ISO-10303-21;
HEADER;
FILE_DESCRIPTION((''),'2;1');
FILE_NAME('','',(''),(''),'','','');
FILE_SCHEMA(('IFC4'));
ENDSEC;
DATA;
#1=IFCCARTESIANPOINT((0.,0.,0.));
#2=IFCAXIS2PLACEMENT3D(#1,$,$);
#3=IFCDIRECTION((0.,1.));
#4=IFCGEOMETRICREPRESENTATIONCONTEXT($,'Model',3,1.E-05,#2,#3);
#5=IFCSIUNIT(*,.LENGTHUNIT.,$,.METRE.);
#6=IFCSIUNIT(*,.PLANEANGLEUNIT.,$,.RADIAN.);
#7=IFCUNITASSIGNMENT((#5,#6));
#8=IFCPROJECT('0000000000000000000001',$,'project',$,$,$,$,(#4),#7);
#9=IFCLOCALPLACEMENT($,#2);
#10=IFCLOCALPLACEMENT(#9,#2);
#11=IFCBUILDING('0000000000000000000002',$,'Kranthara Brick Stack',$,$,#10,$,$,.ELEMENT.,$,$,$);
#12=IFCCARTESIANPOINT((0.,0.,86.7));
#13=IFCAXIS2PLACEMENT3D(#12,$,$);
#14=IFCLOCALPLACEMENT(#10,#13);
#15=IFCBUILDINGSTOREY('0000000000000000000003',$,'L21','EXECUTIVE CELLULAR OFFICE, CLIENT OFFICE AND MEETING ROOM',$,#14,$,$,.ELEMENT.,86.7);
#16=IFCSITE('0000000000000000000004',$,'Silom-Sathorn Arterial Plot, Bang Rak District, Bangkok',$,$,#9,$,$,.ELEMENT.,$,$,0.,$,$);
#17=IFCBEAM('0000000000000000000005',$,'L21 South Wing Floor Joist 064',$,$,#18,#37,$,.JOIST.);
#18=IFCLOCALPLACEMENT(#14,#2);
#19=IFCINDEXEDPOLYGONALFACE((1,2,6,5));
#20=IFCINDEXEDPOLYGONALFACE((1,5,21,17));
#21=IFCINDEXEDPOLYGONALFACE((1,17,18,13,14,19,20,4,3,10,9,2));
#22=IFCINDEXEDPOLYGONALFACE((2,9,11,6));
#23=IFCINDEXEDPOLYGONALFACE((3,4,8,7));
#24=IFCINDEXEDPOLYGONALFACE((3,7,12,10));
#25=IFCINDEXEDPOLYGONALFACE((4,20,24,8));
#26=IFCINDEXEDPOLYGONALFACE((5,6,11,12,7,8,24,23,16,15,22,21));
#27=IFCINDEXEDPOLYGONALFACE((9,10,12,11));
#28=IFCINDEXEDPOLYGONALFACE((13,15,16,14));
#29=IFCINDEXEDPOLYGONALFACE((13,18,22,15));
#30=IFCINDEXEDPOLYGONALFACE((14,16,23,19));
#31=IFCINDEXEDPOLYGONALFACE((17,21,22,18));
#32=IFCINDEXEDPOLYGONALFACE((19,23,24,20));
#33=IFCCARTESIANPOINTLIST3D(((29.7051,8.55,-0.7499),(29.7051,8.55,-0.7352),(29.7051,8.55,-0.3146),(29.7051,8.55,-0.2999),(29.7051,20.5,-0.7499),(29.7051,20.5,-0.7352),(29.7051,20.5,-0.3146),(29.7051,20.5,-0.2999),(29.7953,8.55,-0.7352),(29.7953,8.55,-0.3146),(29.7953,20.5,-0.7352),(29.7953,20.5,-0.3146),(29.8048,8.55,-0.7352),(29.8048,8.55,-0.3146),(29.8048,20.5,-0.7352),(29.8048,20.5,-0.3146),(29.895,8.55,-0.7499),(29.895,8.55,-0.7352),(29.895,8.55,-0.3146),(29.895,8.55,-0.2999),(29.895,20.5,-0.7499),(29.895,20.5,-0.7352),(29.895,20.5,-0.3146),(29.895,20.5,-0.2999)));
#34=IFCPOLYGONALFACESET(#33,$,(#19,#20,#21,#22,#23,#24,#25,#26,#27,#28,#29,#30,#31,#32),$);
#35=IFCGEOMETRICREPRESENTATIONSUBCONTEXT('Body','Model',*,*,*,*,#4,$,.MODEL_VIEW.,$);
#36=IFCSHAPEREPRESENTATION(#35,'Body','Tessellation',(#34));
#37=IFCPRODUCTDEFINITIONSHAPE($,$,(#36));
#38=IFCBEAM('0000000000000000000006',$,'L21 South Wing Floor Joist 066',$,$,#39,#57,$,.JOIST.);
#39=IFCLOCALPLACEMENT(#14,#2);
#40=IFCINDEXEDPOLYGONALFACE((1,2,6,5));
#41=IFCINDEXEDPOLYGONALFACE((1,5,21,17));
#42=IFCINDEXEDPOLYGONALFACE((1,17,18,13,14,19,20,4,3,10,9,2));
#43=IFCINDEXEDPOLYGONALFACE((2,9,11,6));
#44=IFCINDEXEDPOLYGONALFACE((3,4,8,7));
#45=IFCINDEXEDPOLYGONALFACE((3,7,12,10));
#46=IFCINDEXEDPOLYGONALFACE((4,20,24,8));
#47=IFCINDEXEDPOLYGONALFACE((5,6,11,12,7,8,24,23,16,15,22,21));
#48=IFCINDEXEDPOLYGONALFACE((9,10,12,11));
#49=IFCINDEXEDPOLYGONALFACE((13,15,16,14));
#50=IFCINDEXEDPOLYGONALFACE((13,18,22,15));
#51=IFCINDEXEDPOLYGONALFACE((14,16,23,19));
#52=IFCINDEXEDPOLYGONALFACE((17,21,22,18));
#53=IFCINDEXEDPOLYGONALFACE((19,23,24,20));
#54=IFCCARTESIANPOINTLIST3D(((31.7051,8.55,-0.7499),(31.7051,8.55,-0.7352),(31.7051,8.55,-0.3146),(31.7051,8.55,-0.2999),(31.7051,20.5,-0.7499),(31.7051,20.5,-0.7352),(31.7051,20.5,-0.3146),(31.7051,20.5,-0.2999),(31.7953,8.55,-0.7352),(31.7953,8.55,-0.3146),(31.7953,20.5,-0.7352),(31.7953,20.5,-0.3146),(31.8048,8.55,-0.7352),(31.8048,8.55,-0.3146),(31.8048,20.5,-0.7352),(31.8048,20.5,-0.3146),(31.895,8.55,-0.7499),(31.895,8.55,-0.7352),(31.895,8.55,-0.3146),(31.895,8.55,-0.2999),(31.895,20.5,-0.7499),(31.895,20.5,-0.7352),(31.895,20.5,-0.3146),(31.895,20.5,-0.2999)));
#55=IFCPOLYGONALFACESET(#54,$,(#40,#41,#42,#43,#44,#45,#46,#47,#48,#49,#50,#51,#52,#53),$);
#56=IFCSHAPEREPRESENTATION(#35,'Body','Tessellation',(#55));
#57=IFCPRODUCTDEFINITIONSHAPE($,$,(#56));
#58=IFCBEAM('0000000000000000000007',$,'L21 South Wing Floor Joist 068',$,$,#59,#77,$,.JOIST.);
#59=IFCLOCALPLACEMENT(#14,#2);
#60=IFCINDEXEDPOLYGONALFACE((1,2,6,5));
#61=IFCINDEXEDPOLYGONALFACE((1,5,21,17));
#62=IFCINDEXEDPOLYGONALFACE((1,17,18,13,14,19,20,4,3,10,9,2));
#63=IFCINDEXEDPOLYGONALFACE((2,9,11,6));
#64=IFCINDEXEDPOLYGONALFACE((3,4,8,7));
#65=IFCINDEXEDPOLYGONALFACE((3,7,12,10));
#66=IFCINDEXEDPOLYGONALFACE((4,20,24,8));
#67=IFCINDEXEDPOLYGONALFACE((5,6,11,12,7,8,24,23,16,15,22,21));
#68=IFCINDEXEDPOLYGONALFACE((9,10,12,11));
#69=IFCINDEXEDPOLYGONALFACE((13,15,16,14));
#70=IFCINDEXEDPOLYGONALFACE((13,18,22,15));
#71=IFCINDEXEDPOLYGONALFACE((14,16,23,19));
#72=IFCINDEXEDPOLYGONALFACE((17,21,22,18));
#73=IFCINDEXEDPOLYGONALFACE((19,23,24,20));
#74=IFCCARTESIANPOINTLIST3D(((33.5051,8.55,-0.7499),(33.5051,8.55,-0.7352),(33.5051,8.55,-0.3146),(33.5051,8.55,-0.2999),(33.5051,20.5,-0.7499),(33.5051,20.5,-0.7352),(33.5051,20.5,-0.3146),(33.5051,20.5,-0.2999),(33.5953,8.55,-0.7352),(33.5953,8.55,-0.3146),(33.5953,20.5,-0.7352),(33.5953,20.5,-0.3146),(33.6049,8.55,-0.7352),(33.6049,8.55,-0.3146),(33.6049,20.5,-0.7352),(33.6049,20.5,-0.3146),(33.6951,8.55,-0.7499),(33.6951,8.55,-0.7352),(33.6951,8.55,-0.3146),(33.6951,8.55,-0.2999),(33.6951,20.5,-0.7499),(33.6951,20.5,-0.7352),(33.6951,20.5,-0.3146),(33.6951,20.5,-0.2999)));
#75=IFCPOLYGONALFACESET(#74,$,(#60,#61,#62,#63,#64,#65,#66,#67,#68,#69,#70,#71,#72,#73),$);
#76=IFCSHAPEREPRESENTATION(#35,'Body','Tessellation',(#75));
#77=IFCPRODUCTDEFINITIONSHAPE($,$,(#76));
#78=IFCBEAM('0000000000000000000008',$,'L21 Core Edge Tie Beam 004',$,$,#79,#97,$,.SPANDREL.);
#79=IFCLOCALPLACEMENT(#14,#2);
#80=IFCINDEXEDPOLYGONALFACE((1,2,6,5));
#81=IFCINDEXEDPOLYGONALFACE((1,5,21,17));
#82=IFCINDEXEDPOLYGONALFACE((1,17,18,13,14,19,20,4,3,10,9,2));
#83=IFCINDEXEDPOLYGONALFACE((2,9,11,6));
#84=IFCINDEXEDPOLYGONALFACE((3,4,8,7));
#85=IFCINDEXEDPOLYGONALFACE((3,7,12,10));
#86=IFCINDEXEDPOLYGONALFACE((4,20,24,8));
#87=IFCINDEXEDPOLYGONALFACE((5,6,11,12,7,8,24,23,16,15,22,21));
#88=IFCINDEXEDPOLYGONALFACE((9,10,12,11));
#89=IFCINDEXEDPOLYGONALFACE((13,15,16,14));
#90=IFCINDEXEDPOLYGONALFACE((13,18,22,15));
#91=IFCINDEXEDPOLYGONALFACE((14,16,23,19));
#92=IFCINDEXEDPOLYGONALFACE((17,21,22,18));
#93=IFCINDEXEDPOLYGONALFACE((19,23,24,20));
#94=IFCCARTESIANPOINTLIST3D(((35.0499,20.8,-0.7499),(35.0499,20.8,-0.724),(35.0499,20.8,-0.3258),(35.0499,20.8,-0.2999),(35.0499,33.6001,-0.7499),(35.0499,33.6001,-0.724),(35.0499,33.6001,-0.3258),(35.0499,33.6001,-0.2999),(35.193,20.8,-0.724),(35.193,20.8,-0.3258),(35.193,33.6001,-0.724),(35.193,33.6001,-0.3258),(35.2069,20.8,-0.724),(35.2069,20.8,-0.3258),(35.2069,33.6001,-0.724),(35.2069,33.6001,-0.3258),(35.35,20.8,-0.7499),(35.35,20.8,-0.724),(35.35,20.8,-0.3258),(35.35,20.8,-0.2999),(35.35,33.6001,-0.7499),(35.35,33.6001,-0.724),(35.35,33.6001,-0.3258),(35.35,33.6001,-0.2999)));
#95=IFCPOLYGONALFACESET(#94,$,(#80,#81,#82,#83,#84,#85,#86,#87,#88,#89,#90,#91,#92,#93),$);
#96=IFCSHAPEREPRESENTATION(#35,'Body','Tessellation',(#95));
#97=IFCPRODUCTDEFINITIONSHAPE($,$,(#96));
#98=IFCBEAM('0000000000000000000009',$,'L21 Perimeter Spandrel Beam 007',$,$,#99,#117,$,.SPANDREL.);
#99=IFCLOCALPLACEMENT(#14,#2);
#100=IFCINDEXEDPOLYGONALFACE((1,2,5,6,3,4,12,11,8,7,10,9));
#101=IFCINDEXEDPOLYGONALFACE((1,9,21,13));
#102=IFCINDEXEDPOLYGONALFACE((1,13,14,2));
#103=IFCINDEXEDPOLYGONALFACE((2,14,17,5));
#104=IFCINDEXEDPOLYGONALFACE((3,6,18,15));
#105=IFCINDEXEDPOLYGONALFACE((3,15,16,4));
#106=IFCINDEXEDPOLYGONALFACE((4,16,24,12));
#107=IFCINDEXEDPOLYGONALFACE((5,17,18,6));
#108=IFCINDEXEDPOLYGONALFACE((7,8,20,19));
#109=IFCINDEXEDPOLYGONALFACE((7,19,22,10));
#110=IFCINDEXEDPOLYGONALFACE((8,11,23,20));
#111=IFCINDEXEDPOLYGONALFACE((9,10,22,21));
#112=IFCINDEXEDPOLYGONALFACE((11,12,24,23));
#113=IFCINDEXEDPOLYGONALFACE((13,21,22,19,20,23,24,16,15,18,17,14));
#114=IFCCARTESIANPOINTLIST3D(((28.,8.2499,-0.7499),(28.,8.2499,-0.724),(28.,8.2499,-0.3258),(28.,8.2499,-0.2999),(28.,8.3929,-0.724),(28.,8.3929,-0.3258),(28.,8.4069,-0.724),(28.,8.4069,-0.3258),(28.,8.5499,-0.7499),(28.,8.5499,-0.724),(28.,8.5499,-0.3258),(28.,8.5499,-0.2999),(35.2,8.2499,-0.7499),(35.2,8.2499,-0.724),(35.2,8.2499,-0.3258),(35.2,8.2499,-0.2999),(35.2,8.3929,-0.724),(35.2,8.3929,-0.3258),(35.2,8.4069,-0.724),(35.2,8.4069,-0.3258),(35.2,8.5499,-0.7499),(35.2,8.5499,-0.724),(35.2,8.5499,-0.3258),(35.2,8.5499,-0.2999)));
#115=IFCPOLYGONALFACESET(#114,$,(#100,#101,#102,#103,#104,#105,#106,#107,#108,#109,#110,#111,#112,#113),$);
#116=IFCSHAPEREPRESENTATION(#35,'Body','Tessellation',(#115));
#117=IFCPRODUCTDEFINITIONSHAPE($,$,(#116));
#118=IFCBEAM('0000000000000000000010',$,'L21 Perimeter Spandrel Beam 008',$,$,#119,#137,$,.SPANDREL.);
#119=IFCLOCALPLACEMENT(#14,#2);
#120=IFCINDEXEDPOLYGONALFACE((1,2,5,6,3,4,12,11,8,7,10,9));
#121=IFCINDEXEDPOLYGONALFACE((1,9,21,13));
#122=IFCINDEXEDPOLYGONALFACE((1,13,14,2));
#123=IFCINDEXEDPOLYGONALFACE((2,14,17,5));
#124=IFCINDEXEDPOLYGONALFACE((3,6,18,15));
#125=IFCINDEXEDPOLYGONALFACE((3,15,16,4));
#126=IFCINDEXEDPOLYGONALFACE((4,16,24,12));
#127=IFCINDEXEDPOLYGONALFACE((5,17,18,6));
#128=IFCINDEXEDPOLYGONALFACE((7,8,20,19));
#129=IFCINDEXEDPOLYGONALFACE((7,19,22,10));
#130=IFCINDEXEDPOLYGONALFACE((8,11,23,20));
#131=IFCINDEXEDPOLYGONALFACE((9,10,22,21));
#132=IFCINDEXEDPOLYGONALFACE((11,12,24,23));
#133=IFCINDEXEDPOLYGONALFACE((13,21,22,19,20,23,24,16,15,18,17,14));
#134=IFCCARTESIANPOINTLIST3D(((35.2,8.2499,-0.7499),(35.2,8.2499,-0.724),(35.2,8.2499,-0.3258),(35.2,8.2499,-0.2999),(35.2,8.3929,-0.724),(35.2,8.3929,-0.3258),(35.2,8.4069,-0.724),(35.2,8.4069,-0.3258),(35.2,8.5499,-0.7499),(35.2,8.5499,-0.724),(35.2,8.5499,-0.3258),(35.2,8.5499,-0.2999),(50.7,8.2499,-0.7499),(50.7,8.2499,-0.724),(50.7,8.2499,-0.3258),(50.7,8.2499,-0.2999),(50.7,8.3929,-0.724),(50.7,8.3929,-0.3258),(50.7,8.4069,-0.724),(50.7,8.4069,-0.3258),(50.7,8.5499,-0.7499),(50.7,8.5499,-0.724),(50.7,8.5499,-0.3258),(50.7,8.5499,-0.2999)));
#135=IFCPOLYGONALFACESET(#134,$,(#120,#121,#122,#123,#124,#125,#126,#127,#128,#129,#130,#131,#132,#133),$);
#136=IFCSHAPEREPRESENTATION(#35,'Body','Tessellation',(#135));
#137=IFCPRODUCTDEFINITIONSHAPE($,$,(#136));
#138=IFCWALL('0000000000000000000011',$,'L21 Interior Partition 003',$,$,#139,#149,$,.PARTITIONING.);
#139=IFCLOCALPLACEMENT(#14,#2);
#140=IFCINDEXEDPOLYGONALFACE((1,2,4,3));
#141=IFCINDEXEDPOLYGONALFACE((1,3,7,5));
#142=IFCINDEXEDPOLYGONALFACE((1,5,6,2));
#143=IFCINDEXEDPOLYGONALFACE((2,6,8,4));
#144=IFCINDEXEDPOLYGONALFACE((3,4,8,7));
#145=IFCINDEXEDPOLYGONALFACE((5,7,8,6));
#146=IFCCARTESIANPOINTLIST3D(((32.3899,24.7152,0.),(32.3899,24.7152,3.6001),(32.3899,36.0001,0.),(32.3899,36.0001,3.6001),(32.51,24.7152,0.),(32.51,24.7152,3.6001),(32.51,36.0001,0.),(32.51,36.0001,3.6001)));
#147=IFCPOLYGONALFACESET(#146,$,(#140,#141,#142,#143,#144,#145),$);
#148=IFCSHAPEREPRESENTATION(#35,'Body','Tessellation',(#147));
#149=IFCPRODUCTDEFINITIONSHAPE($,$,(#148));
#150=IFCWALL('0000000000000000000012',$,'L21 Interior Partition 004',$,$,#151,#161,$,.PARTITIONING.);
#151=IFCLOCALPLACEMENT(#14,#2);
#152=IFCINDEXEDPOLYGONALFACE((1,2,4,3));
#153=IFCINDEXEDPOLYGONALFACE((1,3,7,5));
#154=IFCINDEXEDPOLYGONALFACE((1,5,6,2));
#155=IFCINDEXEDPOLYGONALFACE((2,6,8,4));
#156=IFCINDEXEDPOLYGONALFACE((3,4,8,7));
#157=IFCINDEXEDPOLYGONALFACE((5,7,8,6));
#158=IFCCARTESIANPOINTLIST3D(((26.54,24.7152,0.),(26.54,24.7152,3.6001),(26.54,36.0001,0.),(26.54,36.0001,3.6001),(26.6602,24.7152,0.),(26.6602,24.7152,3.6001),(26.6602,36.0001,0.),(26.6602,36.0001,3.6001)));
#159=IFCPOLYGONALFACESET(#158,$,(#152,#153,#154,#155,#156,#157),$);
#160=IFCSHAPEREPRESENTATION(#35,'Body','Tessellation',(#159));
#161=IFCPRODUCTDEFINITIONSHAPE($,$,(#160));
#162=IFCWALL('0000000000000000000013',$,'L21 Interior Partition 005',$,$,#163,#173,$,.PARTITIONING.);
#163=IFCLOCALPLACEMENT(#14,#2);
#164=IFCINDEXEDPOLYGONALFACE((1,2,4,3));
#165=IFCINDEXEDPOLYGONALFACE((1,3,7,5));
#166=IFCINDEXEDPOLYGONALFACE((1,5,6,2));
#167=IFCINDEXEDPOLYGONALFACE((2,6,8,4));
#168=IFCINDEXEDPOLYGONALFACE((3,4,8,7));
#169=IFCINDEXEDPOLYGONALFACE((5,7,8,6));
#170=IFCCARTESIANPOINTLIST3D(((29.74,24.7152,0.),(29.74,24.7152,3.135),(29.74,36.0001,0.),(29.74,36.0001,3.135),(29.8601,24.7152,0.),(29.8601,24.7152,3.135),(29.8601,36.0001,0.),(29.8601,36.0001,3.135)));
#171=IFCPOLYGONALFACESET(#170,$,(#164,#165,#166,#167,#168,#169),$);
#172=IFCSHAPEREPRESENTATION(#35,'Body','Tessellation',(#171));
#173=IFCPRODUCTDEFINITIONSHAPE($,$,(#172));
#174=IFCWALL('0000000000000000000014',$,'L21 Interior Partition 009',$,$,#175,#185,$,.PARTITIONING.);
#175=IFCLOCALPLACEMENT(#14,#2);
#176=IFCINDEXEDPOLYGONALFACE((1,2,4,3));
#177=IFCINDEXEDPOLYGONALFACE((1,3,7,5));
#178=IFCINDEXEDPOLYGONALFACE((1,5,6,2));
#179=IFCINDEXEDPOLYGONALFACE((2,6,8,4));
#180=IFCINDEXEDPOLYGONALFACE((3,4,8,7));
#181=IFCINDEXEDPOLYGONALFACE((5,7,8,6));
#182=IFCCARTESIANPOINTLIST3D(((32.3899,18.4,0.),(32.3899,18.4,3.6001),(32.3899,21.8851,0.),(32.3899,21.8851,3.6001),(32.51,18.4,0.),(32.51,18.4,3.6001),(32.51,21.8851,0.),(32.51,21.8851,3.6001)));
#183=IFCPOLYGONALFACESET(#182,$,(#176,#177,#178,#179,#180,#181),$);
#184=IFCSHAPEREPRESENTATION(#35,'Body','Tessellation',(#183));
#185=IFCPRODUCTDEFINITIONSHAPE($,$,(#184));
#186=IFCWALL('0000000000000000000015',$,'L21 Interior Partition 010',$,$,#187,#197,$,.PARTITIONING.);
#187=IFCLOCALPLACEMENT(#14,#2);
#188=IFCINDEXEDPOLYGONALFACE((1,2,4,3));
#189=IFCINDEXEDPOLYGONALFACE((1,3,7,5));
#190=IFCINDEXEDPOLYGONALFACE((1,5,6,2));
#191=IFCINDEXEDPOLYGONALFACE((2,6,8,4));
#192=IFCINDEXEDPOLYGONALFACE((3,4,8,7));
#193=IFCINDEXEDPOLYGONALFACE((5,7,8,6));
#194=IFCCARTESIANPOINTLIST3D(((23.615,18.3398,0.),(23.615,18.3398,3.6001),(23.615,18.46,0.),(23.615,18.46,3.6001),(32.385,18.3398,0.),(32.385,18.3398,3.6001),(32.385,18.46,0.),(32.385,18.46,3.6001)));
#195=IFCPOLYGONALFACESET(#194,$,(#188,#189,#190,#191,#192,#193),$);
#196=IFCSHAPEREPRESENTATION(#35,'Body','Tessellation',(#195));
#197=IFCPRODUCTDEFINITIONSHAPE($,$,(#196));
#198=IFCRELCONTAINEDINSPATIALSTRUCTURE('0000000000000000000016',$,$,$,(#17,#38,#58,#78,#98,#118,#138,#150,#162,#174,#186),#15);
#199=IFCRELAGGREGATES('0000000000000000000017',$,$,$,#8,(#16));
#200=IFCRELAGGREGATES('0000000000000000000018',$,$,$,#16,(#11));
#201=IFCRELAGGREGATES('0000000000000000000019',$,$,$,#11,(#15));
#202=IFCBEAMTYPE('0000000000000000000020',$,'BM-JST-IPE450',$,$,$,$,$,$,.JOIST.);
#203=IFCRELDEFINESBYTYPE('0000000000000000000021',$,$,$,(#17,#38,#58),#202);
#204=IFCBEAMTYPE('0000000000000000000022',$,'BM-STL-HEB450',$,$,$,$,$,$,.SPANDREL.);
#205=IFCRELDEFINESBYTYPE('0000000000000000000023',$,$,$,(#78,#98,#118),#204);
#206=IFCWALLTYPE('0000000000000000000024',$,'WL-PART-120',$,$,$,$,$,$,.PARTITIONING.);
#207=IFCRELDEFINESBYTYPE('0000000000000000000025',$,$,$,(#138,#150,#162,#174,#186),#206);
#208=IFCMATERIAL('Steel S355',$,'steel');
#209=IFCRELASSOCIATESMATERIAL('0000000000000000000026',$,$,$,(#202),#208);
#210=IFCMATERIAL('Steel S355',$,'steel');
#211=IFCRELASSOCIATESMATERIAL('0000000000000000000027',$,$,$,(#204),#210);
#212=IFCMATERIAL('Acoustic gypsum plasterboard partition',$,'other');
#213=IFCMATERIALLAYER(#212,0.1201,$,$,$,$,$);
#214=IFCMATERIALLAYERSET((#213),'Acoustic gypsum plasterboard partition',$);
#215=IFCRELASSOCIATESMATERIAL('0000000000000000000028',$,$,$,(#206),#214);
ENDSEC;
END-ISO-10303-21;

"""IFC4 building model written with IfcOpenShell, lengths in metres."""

from ifc_helpers import new_model, si_unit, direction, frame, frame_2d, origin, origin_2d, place, context, subcontext, project, spatial, rectangle, i_section, extrude, material, layer, layer_set, material_profile, profile_set, type_object, element, save


model = new_model("IFC4")

# Units and contexts
model_context = context("Model", 3, precision=1e-05, world=origin(), true_north=direction((0.0, 1.0)))
body_context = subcontext(model_context, "Body", "Model", "MODEL_VIEW")
ifc_project = project(units=[si_unit("LENGTHUNIT", "METRE"), si_unit("PLANEANGLEUNIT", "RADIAN")], contexts=[model_context])

# Site, building, storey
site_placement = place(None, origin())
site = spatial("IfcSite", under=ifc_project, at=site_placement, Name="Silom-Sathorn Arterial Plot, Bang Rak District, Bangkok", CompositionType="ELEMENT", RefElevation=0.0)
building_placement = place(site_placement, origin())
building = spatial("IfcBuilding", under=site, at=building_placement, Name="Kranthara Brick Stack", CompositionType="ELEMENT")
storey_placement = place(building_placement, frame((0.0, 0.0, 86.7)))
storey = spatial("IfcBuildingStorey", under=building, at=storey_placement, Name="L21", Description="EXECUTIVE CELLULAR OFFICE, CLIENT OFFICE AND MEETING ROOM", CompositionType="ELEMENT", Elevation=86.7)

# Beams
ifc_material_1 = material(Name="Steel S355", Category="steel")
ifc_material_profile_1 = material_profile(ifc_material_1, i_section(OverallWidth=0.1899, OverallDepth=0.45, WebThickness=0.0095, FlangeThickness=0.0146, at=origin_2d()), Name="IPE 450")
ifc_profile_set_1 = profile_set([ifc_material_profile_1], Name="Steel S355")
beam_type_1 = type_object("IfcBeamType", Name="BM-JST-IPE450", PredefinedType="JOIST", material=ifc_profile_set_1)
for number, where, z_axis, x_axis, name in (
    (1, (29.8, 8.55, -0.5249), (0.0, 1.0, 0.0), (-1.0, 0.0, 0.0), "L21 South Wing Floor Joist 064"),
    (2, (31.8, 8.55, -0.5249), (0.0, 1.0, 0.0), (-1.0, 0.0, 0.0), "L21 South Wing Floor Joist 066"),
    (3, (33.6001, 8.55, -0.5249), (0.0, 1.0, 0.0), (-1.0, 0.0, 0.0), "L21 South Wing Floor Joist 068"),
):
    element("IfcBeam", number, at=place(storey_placement, frame(where, z_axis=z_axis, x_axis=x_axis)), inside=storey, type_object=beam_type_1, Name=name, PredefinedType="JOIST", context=body_context, shape_type="SweptSolid", body=[
        extrude(i_section(OverallWidth=0.1899, OverallDepth=0.45, WebThickness=0.0095, FlangeThickness=0.0146, at=origin_2d()), origin(), (0.0, 0.0, 1.0), 11.95),
    ])
ifc_material_2 = material(Name="Steel S355", Category="steel")
ifc_material_profile_2 = material_profile(ifc_material_2, i_section(OverallWidth=0.3, OverallDepth=0.45, WebThickness=0.0139, FlangeThickness=0.0259, at=origin_2d()), Name="HEB 450")
ifc_profile_set_2 = profile_set([ifc_material_profile_2], Name="Steel S355")
beam_type_2 = type_object("IfcBeamType", Name="BM-STL-HEB450", PredefinedType="SPANDREL", material=ifc_profile_set_2)
beam_1_placement = place(storey_placement, frame((35.2, 20.8, -0.5249), z_axis=(0.0, 1.0, 0.0), x_axis=(-1.0, 0.0, 0.0)))
element("IfcBeam", 4, at=beam_1_placement, inside=storey, type_object=beam_type_2, Name="L21 Core Edge Tie Beam 004", PredefinedType="SPANDREL", context=body_context, shape_type="SweptSolid", body=[
    extrude(i_section(OverallWidth=0.3, OverallDepth=0.45, WebThickness=0.0139, FlangeThickness=0.0259, at=origin_2d()), origin(), (0.0, 0.0, 1.0), 12.8),
])
beam_2_placement = place(storey_placement, frame((28.0, 8.3999, -0.5249), z_axis=(1.0, 0.0, 0.0), x_axis=(0.0, 1.0, 0.0)))
element("IfcBeam", 5, at=beam_2_placement, inside=storey, type_object=beam_type_2, Name="L21 Perimeter Spandrel Beam 007", PredefinedType="SPANDREL", context=body_context, shape_type="SweptSolid", body=[
    extrude(i_section(OverallWidth=0.3, OverallDepth=0.45, WebThickness=0.0139, FlangeThickness=0.0259, at=origin_2d()), origin(), (0.0, 0.0, 1.0), 7.2),
])
beam_3_placement = place(storey_placement, frame((35.2, 8.3999, -0.5249), z_axis=(1.0, 0.0, 0.0), x_axis=(0.0, 1.0, 0.0)))
element("IfcBeam", 6, at=beam_3_placement, inside=storey, type_object=beam_type_2, Name="L21 Perimeter Spandrel Beam 008", PredefinedType="SPANDREL", context=body_context, shape_type="SweptSolid", body=[
    extrude(i_section(OverallWidth=0.3, OverallDepth=0.45, WebThickness=0.0139, FlangeThickness=0.0259, at=origin_2d()), origin(), (0.0, 0.0, 1.0), 15.5),
])

# Walls
ifc_material_3 = material(Name="Acoustic gypsum plasterboard partition", Category="other")
ifc_layer_1 = layer(ifc_material_3, 0.1201)
ifc_layer_set_1 = layer_set([ifc_layer_1], Name="Acoustic gypsum plasterboard partition")
wall_type_1 = type_object("IfcWallType", Name="WL-PART-120", PredefinedType="PARTITIONING", material=ifc_layer_set_1)
for number, where, z_axis, x_axis, name in (
    (7, (32.45, 24.7151, 0.0), (0.0, 0.0, 1.0), (0.0, 1.0, 0.0), "L21 Interior Partition 003"),
    (8, (26.6001, 24.7151, 0.0), (0.0, 0.0, 1.0), (0.0, 1.0, 0.0), "L21 Interior Partition 004"),
):
    element("IfcWall", number, at=place(storey_placement, frame(where, z_axis=z_axis, x_axis=x_axis)), inside=storey, type_object=wall_type_1, Name=name, PredefinedType="PARTITIONING", context=body_context, shape_type="SweptSolid", body=[
        extrude(rectangle(XDim=11.2849, YDim=0.1201, at=frame_2d((5.6426, 0.0))), origin(), (0.0, 0.0, 1.0), 3.6001),
    ])
wall_1_placement = place(storey_placement, frame((29.8, 24.7151, 0.0), z_axis=(0.0, 0.0, 1.0), x_axis=(0.0, 1.0, 0.0)))
element("IfcWall", 9, at=wall_1_placement, inside=storey, type_object=wall_type_1, Name="L21 Interior Partition 005", PredefinedType="PARTITIONING", context=body_context, shape_type="SweptSolid", body=[
    extrude(rectangle(XDim=11.2849, YDim=0.1201, at=frame_2d((5.6426, 0.0))), origin(), (0.0, 0.0, 1.0), 3.135),
])
wall_2_placement = place(storey_placement, frame((32.45, 18.3999, 0.0), z_axis=(0.0, 0.0, 1.0), x_axis=(0.0, 1.0, 0.0)))
element("IfcWall", 10, at=wall_2_placement, inside=storey, type_object=wall_type_1, Name="L21 Interior Partition 009", PredefinedType="PARTITIONING", context=body_context, shape_type="SweptSolid", body=[
    extrude(rectangle(XDim=3.4851, YDim=0.1201, at=frame_2d((1.7427, 0.0))), origin(), (0.0, 0.0, 1.0), 3.6001),
])
wall_3_placement = place(storey_placement, frame((23.615, 18.3999, 0.0), z_axis=(0.0, 0.0, 1.0), x_axis=(1.0, 0.0, 0.0)))
element("IfcWall", 11, at=wall_3_placement, inside=storey, type_object=wall_type_1, Name="L21 Interior Partition 010", PredefinedType="PARTITIONING", context=body_context, shape_type="SweptSolid", body=[
    extrude(rectangle(XDim=8.77, YDim=0.1201, at=frame_2d((4.385, 0.0))), origin(), (0.0, 0.0, 1.0), 3.6001),
])

save(model, "model.ifc")
